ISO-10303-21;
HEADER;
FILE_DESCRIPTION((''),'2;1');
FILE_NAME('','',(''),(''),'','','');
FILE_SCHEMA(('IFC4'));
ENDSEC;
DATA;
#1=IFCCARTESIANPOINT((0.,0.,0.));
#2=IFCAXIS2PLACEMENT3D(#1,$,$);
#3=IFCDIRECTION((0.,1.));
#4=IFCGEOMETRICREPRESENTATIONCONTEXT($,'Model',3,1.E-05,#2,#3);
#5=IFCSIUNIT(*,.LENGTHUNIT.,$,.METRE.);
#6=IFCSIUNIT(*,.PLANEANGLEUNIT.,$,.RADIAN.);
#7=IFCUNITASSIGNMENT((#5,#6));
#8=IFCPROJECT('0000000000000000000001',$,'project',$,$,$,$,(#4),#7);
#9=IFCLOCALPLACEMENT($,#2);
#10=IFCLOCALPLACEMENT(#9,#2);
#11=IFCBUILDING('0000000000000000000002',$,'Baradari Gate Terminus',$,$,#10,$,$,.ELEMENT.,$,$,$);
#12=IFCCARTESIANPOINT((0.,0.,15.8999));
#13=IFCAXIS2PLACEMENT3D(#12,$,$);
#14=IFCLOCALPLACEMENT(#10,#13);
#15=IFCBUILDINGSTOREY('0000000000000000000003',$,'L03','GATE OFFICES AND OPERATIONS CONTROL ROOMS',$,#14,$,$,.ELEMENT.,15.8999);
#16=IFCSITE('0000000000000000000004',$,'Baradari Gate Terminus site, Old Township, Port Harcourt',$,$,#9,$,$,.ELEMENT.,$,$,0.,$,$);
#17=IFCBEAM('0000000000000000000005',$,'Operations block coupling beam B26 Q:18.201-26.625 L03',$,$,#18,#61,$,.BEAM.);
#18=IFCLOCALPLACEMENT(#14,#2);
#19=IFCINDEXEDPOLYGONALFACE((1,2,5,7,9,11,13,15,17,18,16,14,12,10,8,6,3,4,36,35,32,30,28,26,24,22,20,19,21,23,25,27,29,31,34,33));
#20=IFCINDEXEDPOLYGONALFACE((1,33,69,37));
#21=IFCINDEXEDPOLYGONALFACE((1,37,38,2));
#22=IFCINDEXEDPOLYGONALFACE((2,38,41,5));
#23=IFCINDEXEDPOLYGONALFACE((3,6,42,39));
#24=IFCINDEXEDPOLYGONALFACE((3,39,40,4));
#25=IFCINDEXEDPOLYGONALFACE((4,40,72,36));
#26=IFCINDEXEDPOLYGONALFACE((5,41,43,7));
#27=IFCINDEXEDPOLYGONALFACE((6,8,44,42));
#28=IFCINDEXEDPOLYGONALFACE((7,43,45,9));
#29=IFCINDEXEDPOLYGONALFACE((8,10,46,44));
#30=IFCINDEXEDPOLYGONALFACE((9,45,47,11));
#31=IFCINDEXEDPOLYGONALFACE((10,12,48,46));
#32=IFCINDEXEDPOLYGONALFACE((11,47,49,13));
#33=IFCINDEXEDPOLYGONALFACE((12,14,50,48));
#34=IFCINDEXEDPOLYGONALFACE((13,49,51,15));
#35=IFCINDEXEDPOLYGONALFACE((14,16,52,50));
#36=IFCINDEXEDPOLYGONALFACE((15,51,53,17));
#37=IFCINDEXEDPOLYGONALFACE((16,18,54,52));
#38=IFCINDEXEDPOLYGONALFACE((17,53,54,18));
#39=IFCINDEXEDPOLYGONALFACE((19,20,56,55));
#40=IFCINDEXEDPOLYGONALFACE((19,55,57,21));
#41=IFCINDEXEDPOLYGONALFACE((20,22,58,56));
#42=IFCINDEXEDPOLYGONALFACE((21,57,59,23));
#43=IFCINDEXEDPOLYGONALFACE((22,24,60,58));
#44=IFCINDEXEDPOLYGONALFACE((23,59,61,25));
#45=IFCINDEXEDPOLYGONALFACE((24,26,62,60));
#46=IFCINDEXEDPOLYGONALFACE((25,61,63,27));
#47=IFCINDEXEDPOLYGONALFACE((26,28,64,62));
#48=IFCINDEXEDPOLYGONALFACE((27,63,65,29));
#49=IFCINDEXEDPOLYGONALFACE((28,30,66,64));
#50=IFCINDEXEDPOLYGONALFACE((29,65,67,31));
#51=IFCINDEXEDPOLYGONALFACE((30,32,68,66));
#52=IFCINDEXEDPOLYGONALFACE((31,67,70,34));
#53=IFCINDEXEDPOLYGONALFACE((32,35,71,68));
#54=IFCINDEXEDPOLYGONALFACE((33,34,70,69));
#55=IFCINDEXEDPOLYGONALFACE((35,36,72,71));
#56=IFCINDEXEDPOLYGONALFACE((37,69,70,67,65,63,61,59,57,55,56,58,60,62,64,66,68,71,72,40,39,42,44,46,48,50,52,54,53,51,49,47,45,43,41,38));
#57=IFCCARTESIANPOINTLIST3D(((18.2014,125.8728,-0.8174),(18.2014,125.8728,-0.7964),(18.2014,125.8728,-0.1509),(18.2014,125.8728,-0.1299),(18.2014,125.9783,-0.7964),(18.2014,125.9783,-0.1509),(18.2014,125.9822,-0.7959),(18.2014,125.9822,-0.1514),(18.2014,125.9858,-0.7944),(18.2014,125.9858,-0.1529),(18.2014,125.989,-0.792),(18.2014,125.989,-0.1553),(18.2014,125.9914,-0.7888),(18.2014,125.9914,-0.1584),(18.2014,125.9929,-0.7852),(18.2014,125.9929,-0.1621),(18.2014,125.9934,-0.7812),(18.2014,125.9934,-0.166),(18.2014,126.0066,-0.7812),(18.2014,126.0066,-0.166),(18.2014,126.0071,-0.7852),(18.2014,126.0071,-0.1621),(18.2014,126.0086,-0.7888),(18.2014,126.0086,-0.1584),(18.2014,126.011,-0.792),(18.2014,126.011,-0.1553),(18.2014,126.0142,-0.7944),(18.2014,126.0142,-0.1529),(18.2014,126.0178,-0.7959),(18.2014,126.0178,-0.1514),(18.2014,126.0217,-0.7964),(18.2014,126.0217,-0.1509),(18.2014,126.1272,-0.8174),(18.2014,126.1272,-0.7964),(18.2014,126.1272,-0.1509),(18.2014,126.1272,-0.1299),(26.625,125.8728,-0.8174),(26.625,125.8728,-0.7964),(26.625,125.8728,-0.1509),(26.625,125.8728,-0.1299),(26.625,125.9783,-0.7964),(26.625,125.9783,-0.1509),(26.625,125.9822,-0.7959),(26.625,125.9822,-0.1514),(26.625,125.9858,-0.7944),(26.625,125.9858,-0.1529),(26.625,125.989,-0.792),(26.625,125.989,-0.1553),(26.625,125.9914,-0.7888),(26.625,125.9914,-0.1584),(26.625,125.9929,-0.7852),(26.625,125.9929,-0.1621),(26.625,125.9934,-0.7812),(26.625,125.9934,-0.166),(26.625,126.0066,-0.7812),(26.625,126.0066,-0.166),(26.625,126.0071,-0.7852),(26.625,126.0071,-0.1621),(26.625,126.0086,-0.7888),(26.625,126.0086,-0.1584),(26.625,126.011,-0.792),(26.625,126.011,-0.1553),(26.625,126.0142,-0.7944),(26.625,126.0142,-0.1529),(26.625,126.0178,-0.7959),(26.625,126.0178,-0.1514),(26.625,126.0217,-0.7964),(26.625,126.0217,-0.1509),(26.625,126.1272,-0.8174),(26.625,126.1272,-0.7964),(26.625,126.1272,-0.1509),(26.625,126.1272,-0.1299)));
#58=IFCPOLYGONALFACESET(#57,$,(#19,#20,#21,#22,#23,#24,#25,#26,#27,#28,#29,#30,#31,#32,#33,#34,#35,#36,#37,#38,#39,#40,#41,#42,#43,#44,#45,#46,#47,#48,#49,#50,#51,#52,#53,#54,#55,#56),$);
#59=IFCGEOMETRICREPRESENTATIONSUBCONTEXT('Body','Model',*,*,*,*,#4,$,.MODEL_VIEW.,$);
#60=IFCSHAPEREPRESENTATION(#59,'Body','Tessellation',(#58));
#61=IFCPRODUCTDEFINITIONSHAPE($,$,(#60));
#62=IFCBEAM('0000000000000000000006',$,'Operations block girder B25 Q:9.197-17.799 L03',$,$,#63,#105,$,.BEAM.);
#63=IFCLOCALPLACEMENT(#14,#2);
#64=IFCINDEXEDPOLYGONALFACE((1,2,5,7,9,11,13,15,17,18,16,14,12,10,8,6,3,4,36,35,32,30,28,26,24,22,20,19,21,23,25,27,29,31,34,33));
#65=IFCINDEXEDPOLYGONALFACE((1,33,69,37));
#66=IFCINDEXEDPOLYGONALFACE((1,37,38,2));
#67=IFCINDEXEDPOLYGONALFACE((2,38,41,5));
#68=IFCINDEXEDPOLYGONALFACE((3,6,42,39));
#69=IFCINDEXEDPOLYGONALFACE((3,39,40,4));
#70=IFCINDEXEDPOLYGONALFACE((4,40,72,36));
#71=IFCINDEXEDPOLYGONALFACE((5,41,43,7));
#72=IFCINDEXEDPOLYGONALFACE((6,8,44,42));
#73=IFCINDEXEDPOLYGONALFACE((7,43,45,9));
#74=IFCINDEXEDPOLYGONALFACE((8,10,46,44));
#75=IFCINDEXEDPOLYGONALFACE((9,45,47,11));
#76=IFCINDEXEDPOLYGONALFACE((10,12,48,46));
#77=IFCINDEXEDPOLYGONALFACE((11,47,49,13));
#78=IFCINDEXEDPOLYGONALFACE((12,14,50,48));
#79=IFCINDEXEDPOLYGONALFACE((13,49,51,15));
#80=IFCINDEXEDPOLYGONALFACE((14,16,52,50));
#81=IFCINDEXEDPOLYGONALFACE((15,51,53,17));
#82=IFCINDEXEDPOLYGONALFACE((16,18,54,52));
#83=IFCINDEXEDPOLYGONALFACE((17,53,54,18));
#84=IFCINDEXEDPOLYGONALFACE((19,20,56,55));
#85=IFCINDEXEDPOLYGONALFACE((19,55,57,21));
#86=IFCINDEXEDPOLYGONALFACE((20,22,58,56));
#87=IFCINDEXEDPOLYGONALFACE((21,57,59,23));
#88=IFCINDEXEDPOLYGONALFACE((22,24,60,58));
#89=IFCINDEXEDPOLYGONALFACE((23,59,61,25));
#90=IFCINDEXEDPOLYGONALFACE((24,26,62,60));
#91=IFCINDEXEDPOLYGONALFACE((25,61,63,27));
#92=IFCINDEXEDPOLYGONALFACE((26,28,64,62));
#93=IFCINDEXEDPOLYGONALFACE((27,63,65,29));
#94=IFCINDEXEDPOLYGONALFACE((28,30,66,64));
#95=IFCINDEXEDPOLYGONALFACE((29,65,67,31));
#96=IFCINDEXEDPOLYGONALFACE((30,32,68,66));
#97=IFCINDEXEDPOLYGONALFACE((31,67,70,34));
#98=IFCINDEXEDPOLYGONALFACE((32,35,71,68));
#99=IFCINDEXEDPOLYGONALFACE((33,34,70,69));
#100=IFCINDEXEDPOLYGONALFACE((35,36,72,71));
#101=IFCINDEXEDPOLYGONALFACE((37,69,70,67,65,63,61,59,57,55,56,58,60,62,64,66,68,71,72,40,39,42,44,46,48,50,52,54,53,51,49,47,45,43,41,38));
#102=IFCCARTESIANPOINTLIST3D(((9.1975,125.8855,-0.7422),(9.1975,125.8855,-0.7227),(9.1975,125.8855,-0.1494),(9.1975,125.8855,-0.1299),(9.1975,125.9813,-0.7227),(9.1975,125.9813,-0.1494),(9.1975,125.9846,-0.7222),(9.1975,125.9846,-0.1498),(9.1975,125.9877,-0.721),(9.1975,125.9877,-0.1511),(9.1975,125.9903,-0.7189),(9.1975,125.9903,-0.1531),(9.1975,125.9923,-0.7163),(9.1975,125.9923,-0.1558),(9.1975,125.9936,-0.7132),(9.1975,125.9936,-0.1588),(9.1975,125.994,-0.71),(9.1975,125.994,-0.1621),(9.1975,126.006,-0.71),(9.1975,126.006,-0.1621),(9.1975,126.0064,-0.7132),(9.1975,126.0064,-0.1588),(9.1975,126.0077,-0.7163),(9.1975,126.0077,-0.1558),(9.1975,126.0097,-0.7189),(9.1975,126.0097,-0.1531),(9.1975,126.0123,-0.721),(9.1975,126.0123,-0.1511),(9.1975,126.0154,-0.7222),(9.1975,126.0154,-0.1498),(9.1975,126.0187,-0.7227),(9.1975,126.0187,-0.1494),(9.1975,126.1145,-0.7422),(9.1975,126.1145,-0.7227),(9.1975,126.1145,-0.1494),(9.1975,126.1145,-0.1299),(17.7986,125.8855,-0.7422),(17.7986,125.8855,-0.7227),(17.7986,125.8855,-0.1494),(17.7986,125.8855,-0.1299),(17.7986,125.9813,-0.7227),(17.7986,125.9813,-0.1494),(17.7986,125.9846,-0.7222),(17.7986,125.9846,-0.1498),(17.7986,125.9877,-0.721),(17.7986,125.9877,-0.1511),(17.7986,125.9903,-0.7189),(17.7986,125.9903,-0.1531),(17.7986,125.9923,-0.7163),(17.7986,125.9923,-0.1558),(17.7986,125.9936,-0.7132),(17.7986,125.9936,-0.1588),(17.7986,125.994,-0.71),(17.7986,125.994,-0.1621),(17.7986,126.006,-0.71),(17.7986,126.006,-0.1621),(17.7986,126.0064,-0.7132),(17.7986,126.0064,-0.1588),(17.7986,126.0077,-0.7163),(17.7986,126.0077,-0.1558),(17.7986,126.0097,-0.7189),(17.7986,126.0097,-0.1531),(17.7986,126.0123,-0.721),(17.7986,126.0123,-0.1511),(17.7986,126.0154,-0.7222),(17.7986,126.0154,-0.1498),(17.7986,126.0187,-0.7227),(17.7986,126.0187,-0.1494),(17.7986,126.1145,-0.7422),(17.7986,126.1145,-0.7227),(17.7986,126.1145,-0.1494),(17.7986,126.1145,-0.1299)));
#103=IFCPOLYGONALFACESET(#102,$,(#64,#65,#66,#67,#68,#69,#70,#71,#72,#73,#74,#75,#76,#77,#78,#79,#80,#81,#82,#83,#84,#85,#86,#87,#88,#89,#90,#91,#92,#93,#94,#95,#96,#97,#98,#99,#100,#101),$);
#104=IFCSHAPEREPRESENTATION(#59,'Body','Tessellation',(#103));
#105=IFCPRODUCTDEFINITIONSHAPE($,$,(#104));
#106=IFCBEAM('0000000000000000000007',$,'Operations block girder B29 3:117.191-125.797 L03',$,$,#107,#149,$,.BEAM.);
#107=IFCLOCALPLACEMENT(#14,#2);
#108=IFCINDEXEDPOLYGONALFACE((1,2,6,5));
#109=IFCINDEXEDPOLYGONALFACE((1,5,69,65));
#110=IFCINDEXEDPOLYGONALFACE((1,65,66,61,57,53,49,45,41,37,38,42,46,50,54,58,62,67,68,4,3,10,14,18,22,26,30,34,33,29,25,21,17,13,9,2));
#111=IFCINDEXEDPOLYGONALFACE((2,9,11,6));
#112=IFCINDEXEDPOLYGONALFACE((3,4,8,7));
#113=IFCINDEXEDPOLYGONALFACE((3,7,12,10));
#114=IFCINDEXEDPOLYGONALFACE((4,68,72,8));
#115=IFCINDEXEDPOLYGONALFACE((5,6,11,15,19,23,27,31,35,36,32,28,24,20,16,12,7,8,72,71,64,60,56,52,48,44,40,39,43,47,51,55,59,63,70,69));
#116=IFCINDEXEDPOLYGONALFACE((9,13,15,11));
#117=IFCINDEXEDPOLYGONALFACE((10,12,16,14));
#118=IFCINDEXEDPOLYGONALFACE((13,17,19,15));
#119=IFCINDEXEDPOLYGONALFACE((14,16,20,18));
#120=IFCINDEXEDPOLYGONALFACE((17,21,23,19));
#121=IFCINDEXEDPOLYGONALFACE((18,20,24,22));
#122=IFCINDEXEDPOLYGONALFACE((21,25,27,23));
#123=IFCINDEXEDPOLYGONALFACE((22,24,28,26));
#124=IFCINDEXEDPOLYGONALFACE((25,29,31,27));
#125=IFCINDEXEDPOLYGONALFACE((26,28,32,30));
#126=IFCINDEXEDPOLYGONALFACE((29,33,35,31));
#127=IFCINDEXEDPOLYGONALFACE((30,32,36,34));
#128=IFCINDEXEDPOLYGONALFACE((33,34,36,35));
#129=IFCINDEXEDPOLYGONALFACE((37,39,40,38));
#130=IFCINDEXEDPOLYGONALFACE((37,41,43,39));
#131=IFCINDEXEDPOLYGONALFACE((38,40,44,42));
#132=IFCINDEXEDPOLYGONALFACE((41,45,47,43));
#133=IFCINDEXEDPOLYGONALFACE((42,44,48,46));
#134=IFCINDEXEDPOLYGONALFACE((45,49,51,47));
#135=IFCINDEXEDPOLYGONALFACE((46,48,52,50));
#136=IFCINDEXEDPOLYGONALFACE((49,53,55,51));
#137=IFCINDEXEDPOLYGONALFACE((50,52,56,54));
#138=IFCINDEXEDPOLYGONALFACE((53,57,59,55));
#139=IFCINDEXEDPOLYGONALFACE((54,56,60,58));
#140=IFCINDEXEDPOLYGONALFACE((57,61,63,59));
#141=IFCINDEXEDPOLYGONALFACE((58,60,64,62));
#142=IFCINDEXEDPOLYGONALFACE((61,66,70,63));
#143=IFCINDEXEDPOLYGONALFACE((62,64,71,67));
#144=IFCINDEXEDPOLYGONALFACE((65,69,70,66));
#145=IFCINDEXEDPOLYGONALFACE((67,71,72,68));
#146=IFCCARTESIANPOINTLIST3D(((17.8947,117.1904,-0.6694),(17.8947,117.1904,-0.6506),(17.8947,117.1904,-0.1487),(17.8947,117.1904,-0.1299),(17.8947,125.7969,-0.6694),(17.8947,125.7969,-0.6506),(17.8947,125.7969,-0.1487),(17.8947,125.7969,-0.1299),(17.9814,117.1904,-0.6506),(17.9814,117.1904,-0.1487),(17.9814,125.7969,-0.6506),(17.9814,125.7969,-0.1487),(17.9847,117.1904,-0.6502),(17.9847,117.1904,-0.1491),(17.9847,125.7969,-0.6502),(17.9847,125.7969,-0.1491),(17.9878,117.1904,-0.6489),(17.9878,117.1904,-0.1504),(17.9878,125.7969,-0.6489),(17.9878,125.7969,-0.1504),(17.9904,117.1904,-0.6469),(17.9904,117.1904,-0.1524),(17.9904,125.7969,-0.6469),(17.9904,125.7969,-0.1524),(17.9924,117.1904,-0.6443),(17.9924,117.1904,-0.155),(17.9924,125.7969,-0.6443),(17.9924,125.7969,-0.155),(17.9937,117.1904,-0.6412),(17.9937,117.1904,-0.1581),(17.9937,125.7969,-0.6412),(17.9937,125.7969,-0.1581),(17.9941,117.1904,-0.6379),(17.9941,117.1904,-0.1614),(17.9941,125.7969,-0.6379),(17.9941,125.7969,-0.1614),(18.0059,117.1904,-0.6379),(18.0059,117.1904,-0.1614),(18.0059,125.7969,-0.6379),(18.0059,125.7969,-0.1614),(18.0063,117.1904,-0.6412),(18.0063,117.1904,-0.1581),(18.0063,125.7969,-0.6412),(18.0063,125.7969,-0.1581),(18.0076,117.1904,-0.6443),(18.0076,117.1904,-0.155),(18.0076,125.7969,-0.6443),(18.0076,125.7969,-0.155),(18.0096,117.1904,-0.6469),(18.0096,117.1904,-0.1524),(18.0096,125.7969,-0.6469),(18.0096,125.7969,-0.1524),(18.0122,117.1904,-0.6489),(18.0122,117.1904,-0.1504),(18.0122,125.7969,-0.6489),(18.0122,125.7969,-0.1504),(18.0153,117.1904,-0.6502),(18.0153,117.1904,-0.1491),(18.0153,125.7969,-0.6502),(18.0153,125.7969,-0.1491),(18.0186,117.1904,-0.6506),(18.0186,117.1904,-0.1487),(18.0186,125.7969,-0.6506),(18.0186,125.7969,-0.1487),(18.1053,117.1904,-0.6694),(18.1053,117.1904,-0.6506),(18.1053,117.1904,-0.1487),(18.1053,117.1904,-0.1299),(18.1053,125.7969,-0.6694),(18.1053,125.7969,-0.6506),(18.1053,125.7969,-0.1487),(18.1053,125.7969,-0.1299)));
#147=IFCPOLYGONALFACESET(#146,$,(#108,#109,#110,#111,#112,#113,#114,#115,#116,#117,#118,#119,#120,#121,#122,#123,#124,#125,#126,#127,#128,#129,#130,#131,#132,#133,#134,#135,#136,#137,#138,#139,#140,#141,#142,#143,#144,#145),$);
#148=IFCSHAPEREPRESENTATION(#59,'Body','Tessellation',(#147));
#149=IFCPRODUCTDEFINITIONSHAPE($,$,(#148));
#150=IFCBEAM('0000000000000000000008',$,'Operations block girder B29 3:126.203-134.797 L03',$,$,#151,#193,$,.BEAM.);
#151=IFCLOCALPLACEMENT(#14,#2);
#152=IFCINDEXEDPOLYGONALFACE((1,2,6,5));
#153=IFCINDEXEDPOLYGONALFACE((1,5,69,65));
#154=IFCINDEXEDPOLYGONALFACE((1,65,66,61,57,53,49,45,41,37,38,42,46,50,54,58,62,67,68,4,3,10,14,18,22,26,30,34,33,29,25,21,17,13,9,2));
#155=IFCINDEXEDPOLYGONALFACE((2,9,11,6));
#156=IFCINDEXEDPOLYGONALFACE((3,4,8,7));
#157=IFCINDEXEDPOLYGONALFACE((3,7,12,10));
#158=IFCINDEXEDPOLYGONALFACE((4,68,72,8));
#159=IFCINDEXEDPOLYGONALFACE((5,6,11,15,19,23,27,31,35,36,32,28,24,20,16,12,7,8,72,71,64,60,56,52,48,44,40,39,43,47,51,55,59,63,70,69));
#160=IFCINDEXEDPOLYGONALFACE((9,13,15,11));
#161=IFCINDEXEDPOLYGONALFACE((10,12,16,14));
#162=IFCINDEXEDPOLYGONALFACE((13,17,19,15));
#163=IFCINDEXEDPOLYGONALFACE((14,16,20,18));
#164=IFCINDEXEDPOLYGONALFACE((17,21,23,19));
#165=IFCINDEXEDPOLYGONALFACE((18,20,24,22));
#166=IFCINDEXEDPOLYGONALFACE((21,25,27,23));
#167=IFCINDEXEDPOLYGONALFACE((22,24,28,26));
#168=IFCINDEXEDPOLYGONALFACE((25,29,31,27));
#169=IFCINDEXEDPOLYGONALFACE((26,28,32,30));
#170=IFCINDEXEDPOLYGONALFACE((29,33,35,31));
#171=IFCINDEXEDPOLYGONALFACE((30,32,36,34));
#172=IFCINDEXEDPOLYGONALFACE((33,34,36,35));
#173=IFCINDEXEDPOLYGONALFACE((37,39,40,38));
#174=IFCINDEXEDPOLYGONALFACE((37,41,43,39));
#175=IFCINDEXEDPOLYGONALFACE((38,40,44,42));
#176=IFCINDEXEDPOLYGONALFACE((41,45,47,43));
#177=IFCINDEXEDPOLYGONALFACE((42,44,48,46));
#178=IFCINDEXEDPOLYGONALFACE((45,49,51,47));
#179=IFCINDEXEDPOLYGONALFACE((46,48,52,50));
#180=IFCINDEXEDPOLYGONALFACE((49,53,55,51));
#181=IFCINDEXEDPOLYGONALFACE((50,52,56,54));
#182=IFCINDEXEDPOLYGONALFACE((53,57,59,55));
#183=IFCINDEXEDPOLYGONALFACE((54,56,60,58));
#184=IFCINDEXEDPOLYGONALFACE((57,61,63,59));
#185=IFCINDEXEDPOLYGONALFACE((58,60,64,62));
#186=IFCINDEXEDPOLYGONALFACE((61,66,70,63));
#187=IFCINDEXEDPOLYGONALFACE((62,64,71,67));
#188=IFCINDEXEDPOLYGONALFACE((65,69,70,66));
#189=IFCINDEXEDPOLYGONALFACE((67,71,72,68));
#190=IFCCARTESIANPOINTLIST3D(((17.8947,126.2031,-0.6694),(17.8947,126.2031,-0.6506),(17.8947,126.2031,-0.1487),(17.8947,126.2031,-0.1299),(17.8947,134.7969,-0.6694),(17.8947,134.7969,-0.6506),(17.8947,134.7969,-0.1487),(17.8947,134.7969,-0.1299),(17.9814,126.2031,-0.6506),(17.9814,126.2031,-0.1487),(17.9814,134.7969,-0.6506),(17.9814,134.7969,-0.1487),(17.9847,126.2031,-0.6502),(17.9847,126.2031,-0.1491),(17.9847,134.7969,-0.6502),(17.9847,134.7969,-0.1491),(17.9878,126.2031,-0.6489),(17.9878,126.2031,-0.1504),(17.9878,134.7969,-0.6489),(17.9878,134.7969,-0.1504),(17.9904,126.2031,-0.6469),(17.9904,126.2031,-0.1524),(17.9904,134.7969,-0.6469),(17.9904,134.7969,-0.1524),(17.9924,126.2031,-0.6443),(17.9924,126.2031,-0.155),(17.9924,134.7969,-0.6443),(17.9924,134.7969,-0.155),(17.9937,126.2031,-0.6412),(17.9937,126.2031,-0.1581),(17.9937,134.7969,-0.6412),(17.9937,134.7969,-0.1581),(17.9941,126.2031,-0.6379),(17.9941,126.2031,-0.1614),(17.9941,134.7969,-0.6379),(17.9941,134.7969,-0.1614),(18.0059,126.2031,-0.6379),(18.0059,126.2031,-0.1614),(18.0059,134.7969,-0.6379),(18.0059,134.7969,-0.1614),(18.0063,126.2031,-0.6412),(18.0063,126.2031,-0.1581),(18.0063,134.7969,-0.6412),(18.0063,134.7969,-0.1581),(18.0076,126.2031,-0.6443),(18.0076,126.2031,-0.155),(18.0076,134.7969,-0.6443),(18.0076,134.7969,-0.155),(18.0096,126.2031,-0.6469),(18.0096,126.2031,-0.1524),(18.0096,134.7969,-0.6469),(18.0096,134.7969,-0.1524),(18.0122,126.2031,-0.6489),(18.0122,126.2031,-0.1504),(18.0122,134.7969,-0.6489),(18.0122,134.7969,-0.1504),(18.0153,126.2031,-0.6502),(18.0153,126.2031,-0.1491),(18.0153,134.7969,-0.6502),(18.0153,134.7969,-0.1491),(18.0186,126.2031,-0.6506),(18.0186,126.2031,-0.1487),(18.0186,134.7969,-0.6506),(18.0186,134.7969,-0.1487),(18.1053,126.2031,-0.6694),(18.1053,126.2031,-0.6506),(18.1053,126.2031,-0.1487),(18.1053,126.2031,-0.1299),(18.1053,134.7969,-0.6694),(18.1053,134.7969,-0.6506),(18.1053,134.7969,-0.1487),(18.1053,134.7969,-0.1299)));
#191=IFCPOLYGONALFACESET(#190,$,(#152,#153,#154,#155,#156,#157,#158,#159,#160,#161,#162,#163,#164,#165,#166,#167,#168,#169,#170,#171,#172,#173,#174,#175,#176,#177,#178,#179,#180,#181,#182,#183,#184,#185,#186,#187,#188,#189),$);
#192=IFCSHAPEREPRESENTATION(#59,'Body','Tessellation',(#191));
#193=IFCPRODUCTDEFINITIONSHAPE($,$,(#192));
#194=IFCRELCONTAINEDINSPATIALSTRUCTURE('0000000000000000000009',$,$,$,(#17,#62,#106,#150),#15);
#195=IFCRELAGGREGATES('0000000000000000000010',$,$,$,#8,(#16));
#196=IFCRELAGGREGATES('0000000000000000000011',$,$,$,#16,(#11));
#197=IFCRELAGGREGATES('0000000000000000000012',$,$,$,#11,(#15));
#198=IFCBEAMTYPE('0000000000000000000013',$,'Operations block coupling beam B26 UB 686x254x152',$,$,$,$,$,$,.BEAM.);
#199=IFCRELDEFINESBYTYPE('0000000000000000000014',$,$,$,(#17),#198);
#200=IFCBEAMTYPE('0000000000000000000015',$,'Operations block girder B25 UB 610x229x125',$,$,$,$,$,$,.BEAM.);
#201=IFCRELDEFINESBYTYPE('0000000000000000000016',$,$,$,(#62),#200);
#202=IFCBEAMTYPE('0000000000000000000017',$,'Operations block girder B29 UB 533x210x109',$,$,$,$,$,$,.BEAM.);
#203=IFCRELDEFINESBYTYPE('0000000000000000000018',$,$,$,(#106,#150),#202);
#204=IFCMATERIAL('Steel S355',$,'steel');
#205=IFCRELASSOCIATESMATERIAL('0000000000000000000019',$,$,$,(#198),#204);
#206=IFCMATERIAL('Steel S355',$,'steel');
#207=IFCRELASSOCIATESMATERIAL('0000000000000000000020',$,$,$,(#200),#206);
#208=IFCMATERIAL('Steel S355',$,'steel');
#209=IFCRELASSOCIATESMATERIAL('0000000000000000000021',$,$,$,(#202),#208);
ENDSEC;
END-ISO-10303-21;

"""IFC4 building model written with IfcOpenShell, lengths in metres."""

from ifc_helpers import new_model, si_unit, direction, frame, origin, origin_2d, place, context, subcontext, project, spatial, i_section, extrude, material, material_profile, profile_set, type_object, element, save


model = new_model("IFC4")

# Units and contexts
model_context = context("Model", 3, precision=1e-05, world=origin(), true_north=direction((0.0, 1.0)))
body_context = subcontext(model_context, "Body", "Model", "MODEL_VIEW")
ifc_project = project(units=[si_unit("LENGTHUNIT", "METRE"), si_unit("PLANEANGLEUNIT", "RADIAN")], contexts=[model_context])

# Site, building, storey
site_placement = place(None, origin())
site = spatial("IfcSite", under=ifc_project, at=site_placement, Name="Baradari Gate Terminus site, Old Township, Port Harcourt", CompositionType="ELEMENT", RefElevation=0.0)
building_placement = place(site_placement, origin())
building = spatial("IfcBuilding", under=site, at=building_placement, Name="Baradari Gate Terminus", CompositionType="ELEMENT")
storey_placement = place(building_placement, frame((0.0, 0.0, 15.8999)))
storey = spatial("IfcBuildingStorey", under=building, at=storey_placement, Name="L03", Description="GATE OFFICES AND OPERATIONS CONTROL ROOMS", CompositionType="ELEMENT", Elevation=15.8999)

# Beams
ifc_material_1 = material(Name="Steel S355", Category="steel")
ifc_material_profile_1 = material_profile(ifc_material_1, i_section(OverallWidth=0.2544, OverallDepth=0.6875, WebThickness=0.0132, FlangeThickness=0.021, FilletRadius=0.0151, at=origin_2d()), Name="UB 686x254x152")
ifc_profile_set_1 = profile_set([ifc_material_profile_1], Name="Steel S355")
beam_type_1 = type_object("IfcBeamType", Name="Operations block coupling beam B26 UB 686x254x152", PredefinedType="BEAM", material=ifc_profile_set_1)
beam_1_placement = place(storey_placement, frame((18.2014, 126.0, -0.4736), z_axis=(1.0, 0.0, 0.0), x_axis=(0.0, 1.0, 0.0)))
element("IfcBeam", 1, at=beam_1_placement, inside=storey, type_object=beam_type_1, Name="Operations block coupling beam B26 Q:18.201-26.625 L03", PredefinedType="BEAM", context=body_context, shape_type="SweptSolid", body=[
    extrude(i_section(OverallWidth=0.2544, OverallDepth=0.6875, WebThickness=0.0132, FlangeThickness=0.021, FilletRadius=0.0151, at=origin_2d()), origin(), (0.0, 0.0, 1.0), 8.4236),
])
ifc_material_2 = material(Name="Steel S355", Category="steel")
ifc_material_profile_2 = material_profile(ifc_material_2, i_section(OverallWidth=0.229, OverallDepth=0.6123, WebThickness=0.012, FlangeThickness=0.0195, FilletRadius=0.0127, at=origin_2d()), Name="UB 610x229x125")
ifc_profile_set_2 = profile_set([ifc_material_profile_2], Name="Steel S355")
beam_type_2 = type_object("IfcBeamType", Name="Operations block girder B25 UB 610x229x125", PredefinedType="BEAM", material=ifc_profile_set_2)
beam_2_placement = place(storey_placement, frame((9.1975, 126.0, -0.436), z_axis=(1.0, 0.0, 0.0), x_axis=(0.0, 1.0, 0.0)))
element("IfcBeam", 2, at=beam_2_placement, inside=storey, type_object=beam_type_2, Name="Operations block girder B25 Q:9.197-17.799 L03", PredefinedType="BEAM", context=body_context, shape_type="SweptSolid", body=[
    extrude(i_section(OverallWidth=0.229, OverallDepth=0.6123, WebThickness=0.012, FlangeThickness=0.0195, FilletRadius=0.0127, at=origin_2d()), origin(), (0.0, 0.0, 1.0), 8.6011),
])
ifc_material_3 = material(Name="Steel S355", Category="steel")
ifc_material_profile_3 = material_profile(ifc_material_3, i_section(OverallWidth=0.2107, OverallDepth=0.5396, WebThickness=0.0117, FlangeThickness=0.0188, FilletRadius=0.0127, at=origin_2d()), Name="UB 533x210x109")
ifc_profile_set_3 = profile_set([ifc_material_profile_3], Name="Steel S355")
beam_type_3 = type_object("IfcBeamType", Name="Operations block girder B29 UB 533x210x109", PredefinedType="BEAM", material=ifc_profile_set_3)
beam_3_placement = place(storey_placement, frame((18.0, 117.1904, -0.3997), z_axis=(0.0, 1.0, 0.0), x_axis=(-1.0, 0.0, 0.0)))
element("IfcBeam", 3, at=beam_3_placement, inside=storey, type_object=beam_type_3, Name="Operations block girder B29 3:117.191-125.797 L03", PredefinedType="BEAM", context=body_context, shape_type="SweptSolid", body=[
    extrude(i_section(OverallWidth=0.2107, OverallDepth=0.5396, WebThickness=0.0117, FlangeThickness=0.0188, FilletRadius=0.0127, at=origin_2d()), origin(), (0.0, 0.0, 1.0), 8.6064),
])
beam_4_placement = place(storey_placement, frame((18.0, 126.2031, -0.3997), z_axis=(0.0, 1.0, 0.0), x_axis=(-1.0, 0.0, 0.0)))
element("IfcBeam", 4, at=beam_4_placement, inside=storey, type_object=beam_type_3, Name="Operations block girder B29 3:126.203-134.797 L03", PredefinedType="BEAM", context=body_context, shape_type="SweptSolid", body=[
    extrude(i_section(OverallWidth=0.2107, OverallDepth=0.5396, WebThickness=0.0117, FlangeThickness=0.0188, FilletRadius=0.0127, at=origin_2d()), origin(), (0.0, 0.0, 1.0), 8.5938),
])

save(model, "model.ifc")
